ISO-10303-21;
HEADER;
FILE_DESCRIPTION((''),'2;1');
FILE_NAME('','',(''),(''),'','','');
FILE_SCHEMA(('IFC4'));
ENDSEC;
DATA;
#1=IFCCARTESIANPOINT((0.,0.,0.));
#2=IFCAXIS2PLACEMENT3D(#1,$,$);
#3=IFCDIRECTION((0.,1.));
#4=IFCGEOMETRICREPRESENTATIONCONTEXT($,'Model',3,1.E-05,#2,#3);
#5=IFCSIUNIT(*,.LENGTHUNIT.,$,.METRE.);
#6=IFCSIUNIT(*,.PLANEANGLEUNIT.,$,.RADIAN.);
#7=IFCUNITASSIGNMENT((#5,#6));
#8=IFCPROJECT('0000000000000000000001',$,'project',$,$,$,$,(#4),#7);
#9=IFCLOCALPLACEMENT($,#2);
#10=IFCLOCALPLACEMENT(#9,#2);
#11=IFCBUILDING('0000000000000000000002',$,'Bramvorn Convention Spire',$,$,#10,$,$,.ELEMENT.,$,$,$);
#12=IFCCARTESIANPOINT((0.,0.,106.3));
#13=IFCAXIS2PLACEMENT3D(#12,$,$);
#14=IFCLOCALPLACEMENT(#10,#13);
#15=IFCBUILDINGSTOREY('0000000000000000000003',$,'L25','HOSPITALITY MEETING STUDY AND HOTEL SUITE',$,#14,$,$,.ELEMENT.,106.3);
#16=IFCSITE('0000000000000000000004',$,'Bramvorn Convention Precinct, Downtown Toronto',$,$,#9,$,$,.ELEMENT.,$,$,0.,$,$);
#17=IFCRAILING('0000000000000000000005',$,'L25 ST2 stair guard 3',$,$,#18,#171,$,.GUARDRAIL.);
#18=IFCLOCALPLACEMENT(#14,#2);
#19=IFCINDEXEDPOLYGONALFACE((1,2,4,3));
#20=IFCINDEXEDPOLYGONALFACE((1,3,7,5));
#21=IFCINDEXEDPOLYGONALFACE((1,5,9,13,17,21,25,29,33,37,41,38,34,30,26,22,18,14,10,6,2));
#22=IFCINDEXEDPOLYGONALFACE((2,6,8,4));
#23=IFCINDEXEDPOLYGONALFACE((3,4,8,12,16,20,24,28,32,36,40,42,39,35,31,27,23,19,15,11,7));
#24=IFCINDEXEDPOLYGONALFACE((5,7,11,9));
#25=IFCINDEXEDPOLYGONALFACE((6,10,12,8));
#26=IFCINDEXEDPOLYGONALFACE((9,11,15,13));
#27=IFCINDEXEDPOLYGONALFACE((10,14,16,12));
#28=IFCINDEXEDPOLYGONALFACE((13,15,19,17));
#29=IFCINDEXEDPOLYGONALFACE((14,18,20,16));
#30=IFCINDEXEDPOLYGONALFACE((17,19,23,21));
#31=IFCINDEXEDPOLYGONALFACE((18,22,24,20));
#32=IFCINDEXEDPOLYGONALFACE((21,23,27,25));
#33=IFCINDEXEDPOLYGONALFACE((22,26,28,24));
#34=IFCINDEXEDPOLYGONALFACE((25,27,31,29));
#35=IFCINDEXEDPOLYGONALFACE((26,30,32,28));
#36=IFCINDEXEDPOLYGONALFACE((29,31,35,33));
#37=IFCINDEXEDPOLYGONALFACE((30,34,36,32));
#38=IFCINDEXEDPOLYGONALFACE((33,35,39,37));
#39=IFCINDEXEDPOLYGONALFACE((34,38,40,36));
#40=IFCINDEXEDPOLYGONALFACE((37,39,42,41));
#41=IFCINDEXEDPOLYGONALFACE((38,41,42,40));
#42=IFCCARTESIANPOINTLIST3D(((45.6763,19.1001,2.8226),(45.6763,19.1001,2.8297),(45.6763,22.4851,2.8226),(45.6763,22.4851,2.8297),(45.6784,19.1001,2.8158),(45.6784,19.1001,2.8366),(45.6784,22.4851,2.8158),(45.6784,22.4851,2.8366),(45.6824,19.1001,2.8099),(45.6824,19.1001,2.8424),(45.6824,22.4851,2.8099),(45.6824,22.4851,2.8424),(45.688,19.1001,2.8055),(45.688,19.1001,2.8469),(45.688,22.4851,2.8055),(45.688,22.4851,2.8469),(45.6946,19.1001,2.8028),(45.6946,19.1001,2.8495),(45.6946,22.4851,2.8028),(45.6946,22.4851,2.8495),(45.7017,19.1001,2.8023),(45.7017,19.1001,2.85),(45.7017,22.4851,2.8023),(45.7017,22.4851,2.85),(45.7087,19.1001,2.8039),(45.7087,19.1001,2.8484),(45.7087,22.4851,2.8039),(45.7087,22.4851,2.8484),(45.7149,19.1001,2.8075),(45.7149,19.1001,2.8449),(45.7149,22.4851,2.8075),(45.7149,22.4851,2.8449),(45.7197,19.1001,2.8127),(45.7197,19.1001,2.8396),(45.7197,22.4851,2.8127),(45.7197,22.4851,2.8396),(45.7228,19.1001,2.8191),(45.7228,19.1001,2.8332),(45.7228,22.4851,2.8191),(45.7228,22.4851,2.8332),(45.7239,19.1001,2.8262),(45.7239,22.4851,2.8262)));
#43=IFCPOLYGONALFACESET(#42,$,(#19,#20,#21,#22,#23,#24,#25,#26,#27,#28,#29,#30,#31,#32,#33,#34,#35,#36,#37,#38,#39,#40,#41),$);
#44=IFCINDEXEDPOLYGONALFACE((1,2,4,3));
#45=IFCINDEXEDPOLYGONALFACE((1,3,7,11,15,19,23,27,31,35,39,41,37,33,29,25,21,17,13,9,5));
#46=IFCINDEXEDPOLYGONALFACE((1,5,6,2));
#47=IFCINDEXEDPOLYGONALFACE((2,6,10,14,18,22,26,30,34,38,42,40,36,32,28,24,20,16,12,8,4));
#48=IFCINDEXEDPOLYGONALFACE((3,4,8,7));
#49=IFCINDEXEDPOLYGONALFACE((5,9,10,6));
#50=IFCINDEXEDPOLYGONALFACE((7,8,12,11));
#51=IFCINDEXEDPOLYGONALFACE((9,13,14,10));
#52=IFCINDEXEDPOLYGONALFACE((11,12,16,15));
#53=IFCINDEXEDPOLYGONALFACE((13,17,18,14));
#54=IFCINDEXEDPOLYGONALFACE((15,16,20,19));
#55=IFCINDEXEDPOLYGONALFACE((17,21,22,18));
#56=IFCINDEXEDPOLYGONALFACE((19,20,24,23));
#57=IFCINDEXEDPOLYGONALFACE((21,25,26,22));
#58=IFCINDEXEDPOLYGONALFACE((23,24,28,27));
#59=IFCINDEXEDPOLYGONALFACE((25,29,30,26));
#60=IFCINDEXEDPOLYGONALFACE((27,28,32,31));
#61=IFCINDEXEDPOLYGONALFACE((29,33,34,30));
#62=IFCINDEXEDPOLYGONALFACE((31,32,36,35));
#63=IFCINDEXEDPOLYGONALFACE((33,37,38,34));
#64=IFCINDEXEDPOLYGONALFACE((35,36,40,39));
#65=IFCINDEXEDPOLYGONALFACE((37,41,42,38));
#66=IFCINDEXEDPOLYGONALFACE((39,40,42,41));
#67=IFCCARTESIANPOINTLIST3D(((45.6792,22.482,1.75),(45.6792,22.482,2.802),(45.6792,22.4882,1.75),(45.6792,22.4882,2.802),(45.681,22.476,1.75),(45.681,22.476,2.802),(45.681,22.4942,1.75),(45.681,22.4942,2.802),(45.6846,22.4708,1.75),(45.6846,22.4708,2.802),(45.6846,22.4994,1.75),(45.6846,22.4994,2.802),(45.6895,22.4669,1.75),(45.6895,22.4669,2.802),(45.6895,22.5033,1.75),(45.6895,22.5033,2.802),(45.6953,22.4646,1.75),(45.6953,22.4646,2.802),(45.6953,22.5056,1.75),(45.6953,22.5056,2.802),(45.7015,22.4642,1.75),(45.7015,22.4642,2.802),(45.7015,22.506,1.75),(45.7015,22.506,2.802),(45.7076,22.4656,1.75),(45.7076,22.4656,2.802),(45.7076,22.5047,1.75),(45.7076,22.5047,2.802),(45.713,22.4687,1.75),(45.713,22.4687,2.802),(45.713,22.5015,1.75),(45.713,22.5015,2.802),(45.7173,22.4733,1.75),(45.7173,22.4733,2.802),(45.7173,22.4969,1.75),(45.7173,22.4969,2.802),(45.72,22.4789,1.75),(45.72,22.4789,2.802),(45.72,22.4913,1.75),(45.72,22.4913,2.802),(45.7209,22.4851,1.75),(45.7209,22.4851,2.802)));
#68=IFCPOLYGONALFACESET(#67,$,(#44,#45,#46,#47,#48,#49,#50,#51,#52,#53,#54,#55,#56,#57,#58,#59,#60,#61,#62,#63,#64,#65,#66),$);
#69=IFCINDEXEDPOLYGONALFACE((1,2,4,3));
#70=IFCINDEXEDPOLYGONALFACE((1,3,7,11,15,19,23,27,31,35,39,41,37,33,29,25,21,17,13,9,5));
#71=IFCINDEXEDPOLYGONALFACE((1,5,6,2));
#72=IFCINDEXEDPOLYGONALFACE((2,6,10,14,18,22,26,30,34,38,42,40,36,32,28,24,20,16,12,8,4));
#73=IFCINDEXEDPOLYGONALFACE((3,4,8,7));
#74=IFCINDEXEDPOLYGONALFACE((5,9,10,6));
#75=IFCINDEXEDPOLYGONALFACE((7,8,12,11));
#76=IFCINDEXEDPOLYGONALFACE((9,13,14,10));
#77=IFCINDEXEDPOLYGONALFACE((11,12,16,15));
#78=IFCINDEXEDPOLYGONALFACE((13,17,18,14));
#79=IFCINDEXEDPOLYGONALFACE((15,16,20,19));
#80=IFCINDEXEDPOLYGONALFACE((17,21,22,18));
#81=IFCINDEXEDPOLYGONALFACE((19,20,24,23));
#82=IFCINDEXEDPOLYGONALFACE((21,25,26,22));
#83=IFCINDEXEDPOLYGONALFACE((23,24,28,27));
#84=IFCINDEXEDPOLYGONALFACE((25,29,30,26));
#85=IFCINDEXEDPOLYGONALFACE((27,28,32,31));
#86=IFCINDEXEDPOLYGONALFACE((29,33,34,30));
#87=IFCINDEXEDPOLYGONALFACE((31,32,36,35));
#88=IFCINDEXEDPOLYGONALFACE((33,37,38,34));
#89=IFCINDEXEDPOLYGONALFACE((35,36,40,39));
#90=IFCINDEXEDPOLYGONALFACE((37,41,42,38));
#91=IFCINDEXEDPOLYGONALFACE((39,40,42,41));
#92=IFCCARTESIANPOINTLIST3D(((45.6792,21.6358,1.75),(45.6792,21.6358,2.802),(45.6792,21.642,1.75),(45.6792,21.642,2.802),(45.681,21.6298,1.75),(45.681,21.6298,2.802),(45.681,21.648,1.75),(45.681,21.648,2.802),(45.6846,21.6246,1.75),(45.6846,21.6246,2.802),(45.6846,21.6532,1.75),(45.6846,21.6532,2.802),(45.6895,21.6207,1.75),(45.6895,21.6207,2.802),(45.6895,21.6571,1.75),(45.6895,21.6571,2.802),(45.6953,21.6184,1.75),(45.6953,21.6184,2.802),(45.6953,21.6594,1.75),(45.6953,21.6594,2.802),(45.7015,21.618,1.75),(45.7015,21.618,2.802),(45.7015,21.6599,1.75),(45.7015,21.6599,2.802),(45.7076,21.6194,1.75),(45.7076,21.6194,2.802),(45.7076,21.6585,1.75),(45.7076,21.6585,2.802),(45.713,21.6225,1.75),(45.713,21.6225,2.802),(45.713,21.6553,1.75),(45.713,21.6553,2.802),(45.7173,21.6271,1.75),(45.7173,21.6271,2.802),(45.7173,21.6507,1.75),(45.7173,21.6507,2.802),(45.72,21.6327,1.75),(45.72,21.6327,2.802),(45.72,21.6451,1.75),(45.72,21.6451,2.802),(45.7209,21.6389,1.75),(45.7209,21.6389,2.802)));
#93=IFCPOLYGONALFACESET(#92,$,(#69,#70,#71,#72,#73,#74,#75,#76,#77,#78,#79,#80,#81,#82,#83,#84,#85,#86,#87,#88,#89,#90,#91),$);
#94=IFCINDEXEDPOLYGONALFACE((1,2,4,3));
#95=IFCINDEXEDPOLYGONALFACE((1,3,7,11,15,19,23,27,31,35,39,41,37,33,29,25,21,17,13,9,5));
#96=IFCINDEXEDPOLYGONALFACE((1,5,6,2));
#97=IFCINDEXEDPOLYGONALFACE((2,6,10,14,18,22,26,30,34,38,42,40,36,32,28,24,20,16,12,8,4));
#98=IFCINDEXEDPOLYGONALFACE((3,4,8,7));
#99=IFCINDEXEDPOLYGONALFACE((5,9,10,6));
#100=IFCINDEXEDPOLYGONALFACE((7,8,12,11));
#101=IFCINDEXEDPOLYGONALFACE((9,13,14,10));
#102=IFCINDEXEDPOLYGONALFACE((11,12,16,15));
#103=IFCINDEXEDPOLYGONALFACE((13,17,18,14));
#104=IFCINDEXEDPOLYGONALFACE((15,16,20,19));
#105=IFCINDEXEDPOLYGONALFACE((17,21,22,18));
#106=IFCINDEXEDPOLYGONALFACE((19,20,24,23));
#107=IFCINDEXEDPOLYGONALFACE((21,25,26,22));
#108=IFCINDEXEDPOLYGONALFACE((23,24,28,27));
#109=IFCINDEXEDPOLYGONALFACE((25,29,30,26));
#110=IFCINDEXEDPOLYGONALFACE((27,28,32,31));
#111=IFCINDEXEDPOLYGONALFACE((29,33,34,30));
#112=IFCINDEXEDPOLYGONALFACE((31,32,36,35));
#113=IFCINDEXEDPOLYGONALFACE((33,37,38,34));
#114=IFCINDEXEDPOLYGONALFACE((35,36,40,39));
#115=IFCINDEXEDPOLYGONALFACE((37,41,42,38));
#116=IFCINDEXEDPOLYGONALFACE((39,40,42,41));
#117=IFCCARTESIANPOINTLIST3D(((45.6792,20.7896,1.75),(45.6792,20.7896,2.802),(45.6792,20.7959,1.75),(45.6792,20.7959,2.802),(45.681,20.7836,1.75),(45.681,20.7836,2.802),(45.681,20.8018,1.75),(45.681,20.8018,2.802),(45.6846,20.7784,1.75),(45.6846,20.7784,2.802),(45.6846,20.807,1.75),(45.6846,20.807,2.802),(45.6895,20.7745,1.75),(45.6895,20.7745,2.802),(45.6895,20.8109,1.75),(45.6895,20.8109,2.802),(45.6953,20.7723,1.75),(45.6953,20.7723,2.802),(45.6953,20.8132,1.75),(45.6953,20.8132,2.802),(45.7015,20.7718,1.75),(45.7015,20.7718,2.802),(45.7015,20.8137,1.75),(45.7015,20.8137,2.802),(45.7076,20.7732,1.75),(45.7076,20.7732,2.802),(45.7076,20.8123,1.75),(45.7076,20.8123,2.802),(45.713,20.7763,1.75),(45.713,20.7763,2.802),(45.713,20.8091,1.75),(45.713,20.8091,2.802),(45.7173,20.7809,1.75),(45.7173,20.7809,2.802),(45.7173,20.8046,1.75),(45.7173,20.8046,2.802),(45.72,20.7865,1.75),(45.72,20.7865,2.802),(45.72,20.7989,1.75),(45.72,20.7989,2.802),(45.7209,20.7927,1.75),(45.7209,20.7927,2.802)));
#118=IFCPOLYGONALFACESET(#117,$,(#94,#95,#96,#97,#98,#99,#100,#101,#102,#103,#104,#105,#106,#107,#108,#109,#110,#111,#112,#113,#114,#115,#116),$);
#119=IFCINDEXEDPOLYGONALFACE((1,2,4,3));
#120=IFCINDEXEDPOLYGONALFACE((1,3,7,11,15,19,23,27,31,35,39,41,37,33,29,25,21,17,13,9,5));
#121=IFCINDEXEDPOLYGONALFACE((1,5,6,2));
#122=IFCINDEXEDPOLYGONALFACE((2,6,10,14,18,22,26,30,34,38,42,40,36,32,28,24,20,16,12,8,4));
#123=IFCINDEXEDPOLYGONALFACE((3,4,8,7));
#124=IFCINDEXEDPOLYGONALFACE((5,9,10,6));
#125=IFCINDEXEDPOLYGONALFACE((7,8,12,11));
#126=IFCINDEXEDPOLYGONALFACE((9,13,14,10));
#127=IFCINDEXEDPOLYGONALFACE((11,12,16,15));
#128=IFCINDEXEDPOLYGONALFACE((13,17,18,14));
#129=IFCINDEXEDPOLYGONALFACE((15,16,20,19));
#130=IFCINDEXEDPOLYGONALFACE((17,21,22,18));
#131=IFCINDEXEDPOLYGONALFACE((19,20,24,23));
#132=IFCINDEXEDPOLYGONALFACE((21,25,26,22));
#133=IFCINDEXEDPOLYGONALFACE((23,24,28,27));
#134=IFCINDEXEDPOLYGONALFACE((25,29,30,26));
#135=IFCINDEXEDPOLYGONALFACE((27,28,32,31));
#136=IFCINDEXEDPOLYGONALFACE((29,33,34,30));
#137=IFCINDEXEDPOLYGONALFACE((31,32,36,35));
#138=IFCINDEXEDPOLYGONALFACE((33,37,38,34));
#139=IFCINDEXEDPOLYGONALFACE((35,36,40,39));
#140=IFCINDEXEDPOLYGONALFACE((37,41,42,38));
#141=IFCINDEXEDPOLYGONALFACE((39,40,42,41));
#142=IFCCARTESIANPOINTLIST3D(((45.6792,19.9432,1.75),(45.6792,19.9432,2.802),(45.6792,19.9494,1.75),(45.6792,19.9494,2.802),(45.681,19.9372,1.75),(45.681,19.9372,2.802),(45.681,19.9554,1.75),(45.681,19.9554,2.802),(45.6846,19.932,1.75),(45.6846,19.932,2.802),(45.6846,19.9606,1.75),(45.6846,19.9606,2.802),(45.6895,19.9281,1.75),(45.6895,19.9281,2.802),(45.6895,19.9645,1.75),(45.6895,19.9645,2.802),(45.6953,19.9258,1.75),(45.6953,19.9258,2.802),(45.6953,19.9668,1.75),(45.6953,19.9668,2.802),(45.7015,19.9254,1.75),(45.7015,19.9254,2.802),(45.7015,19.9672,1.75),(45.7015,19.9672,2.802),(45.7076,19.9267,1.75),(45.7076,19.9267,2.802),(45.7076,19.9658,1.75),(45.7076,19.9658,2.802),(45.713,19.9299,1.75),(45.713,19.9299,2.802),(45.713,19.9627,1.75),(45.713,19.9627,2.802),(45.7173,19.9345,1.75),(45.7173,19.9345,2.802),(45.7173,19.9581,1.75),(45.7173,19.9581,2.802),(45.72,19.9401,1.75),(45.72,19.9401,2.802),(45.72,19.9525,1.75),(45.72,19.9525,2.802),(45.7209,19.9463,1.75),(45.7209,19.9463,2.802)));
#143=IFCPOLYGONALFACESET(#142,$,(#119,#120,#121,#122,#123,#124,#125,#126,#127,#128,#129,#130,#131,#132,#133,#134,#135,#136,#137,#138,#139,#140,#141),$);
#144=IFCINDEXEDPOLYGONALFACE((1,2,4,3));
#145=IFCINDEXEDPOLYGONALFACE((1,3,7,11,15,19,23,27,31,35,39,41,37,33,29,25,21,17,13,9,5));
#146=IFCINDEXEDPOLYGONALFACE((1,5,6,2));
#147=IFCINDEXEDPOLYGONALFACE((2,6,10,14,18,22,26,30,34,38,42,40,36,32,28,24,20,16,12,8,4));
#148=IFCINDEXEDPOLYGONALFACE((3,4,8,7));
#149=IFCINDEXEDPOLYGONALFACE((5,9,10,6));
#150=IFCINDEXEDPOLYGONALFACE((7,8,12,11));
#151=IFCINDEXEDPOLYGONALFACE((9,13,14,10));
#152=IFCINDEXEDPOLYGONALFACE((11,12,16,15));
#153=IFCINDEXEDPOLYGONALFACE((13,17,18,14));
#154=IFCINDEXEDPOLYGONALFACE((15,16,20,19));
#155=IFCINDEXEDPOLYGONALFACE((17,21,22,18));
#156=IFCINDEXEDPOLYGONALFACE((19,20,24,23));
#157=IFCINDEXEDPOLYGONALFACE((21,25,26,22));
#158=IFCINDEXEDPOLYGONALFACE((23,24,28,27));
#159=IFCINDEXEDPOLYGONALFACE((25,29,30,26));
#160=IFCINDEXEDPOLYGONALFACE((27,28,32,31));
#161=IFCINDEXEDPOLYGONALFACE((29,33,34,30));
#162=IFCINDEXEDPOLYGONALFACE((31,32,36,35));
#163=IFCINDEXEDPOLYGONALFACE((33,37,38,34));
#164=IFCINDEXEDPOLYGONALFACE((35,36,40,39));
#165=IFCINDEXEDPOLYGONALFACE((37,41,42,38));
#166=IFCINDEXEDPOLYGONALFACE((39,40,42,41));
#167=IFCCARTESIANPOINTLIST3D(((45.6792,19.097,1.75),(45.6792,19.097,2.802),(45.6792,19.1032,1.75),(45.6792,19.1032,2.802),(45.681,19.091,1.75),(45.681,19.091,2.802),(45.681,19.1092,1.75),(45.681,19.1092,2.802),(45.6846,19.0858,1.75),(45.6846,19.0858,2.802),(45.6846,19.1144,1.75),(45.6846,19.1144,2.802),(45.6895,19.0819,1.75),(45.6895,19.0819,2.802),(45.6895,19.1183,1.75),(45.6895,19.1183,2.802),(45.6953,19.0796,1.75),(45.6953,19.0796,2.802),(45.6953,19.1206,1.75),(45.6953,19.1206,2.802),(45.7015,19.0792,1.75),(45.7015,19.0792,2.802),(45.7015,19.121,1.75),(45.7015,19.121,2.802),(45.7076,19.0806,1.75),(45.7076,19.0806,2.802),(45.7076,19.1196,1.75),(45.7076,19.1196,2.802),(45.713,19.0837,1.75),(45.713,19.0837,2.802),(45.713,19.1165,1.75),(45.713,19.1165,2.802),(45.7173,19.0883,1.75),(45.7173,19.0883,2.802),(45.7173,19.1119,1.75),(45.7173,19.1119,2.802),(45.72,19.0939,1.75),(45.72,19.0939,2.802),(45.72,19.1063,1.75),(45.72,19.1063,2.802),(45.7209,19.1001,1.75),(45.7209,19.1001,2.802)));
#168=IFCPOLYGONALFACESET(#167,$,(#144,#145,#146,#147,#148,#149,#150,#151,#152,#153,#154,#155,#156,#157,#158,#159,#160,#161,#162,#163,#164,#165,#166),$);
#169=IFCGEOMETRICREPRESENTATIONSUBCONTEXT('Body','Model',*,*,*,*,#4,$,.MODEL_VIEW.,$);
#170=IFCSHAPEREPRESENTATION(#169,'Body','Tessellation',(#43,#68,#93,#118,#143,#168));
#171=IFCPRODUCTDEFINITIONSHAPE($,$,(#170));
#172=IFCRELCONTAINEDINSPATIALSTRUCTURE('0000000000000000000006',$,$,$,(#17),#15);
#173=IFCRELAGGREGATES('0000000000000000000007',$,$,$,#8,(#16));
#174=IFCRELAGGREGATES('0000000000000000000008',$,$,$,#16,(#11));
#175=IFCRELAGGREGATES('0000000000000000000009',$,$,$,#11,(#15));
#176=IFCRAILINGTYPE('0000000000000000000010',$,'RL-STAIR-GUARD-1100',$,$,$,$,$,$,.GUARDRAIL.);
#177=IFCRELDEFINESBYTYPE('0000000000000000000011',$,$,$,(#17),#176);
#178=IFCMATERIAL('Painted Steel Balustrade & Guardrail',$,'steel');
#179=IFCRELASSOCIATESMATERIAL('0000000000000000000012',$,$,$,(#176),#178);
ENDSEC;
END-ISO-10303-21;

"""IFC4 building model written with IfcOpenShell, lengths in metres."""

from ifc_helpers import new_model, si_unit, direction, frame, origin, origin_2d, place, context, subcontext, project, spatial, circle, extrude, material, type_object, element, save


model = new_model("IFC4")

# Units and contexts
model_context = context("Model", 3, precision=1e-05, world=origin(), true_north=direction((0.0, 1.0)))
body_context = subcontext(model_context, "Body", "Model", "MODEL_VIEW")
ifc_project = project(units=[si_unit("LENGTHUNIT", "METRE"), si_unit("PLANEANGLEUNIT", "RADIAN")], contexts=[model_context])

# Site, building, storey
site_placement = place(None, origin())
site = spatial("IfcSite", under=ifc_project, at=site_placement, Name="Bramvorn Convention Precinct, Downtown Toronto", CompositionType="ELEMENT", RefElevation=0.0)
building_placement = place(site_placement, origin())
building = spatial("IfcBuilding", under=site, at=building_placement, Name="Bramvorn Convention Spire", CompositionType="ELEMENT")
storey_placement = place(building_placement, frame((0.0, 0.0, 106.3)))
storey = spatial("IfcBuildingStorey", under=building, at=storey_placement, Name="L25", Description="HOSPITALITY MEETING STUDY AND HOTEL SUITE", CompositionType="ELEMENT", Elevation=106.3)

# Railing
ifc_material_1 = material(Name="Painted Steel Balustrade & Guardrail", Category="steel")
railing_type = type_object("IfcRailingType", Name="RL-STAIR-GUARD-1100", PredefinedType="GUARDRAIL", material=ifc_material_1)
for number, where, name in (
    (1, (45.7, 22.4851, 1.75), "L25 ST2 stair guard 3"),
):
    element("IfcRailing", number, at=place(storey_placement, frame(where)), inside=storey, type_object=railing_type, Name=name, PredefinedType="GUARDRAIL", context=body_context, shape_type="SweptSolid", body=[
        extrude(circle(Radius=0.0239, at=origin_2d()), frame((0.0, 0.0, 1.0762), z_axis=(0.0, -1.0, 0.0), x_axis=(1.0, 0.0, 0.0)), (0.0, 0.0, 1.0), 3.385),
        extrude(circle(Radius=0.021, at=origin_2d()), origin(), (0.0, 0.0, 1.0), 1.052),
        extrude(circle(Radius=0.021, at=origin_2d()), frame((0.0, -0.8462, 0.0)), (0.0, 0.0, 1.0), 1.052),
        extrude(circle(Radius=0.021, at=origin_2d()), frame((0.0, -1.6924, 0.0)), (0.0, 0.0, 1.0), 1.052),
        extrude(circle(Radius=0.021, at=origin_2d()), frame((0.0, -2.5388, 0.0)), (0.0, 0.0, 1.0), 1.052),
        extrude(circle(Radius=0.021, at=origin_2d()), frame((0.0, -3.385, 0.0)), (0.0, 0.0, 1.0), 1.052),
    ])

save(model, "model.ifc")
